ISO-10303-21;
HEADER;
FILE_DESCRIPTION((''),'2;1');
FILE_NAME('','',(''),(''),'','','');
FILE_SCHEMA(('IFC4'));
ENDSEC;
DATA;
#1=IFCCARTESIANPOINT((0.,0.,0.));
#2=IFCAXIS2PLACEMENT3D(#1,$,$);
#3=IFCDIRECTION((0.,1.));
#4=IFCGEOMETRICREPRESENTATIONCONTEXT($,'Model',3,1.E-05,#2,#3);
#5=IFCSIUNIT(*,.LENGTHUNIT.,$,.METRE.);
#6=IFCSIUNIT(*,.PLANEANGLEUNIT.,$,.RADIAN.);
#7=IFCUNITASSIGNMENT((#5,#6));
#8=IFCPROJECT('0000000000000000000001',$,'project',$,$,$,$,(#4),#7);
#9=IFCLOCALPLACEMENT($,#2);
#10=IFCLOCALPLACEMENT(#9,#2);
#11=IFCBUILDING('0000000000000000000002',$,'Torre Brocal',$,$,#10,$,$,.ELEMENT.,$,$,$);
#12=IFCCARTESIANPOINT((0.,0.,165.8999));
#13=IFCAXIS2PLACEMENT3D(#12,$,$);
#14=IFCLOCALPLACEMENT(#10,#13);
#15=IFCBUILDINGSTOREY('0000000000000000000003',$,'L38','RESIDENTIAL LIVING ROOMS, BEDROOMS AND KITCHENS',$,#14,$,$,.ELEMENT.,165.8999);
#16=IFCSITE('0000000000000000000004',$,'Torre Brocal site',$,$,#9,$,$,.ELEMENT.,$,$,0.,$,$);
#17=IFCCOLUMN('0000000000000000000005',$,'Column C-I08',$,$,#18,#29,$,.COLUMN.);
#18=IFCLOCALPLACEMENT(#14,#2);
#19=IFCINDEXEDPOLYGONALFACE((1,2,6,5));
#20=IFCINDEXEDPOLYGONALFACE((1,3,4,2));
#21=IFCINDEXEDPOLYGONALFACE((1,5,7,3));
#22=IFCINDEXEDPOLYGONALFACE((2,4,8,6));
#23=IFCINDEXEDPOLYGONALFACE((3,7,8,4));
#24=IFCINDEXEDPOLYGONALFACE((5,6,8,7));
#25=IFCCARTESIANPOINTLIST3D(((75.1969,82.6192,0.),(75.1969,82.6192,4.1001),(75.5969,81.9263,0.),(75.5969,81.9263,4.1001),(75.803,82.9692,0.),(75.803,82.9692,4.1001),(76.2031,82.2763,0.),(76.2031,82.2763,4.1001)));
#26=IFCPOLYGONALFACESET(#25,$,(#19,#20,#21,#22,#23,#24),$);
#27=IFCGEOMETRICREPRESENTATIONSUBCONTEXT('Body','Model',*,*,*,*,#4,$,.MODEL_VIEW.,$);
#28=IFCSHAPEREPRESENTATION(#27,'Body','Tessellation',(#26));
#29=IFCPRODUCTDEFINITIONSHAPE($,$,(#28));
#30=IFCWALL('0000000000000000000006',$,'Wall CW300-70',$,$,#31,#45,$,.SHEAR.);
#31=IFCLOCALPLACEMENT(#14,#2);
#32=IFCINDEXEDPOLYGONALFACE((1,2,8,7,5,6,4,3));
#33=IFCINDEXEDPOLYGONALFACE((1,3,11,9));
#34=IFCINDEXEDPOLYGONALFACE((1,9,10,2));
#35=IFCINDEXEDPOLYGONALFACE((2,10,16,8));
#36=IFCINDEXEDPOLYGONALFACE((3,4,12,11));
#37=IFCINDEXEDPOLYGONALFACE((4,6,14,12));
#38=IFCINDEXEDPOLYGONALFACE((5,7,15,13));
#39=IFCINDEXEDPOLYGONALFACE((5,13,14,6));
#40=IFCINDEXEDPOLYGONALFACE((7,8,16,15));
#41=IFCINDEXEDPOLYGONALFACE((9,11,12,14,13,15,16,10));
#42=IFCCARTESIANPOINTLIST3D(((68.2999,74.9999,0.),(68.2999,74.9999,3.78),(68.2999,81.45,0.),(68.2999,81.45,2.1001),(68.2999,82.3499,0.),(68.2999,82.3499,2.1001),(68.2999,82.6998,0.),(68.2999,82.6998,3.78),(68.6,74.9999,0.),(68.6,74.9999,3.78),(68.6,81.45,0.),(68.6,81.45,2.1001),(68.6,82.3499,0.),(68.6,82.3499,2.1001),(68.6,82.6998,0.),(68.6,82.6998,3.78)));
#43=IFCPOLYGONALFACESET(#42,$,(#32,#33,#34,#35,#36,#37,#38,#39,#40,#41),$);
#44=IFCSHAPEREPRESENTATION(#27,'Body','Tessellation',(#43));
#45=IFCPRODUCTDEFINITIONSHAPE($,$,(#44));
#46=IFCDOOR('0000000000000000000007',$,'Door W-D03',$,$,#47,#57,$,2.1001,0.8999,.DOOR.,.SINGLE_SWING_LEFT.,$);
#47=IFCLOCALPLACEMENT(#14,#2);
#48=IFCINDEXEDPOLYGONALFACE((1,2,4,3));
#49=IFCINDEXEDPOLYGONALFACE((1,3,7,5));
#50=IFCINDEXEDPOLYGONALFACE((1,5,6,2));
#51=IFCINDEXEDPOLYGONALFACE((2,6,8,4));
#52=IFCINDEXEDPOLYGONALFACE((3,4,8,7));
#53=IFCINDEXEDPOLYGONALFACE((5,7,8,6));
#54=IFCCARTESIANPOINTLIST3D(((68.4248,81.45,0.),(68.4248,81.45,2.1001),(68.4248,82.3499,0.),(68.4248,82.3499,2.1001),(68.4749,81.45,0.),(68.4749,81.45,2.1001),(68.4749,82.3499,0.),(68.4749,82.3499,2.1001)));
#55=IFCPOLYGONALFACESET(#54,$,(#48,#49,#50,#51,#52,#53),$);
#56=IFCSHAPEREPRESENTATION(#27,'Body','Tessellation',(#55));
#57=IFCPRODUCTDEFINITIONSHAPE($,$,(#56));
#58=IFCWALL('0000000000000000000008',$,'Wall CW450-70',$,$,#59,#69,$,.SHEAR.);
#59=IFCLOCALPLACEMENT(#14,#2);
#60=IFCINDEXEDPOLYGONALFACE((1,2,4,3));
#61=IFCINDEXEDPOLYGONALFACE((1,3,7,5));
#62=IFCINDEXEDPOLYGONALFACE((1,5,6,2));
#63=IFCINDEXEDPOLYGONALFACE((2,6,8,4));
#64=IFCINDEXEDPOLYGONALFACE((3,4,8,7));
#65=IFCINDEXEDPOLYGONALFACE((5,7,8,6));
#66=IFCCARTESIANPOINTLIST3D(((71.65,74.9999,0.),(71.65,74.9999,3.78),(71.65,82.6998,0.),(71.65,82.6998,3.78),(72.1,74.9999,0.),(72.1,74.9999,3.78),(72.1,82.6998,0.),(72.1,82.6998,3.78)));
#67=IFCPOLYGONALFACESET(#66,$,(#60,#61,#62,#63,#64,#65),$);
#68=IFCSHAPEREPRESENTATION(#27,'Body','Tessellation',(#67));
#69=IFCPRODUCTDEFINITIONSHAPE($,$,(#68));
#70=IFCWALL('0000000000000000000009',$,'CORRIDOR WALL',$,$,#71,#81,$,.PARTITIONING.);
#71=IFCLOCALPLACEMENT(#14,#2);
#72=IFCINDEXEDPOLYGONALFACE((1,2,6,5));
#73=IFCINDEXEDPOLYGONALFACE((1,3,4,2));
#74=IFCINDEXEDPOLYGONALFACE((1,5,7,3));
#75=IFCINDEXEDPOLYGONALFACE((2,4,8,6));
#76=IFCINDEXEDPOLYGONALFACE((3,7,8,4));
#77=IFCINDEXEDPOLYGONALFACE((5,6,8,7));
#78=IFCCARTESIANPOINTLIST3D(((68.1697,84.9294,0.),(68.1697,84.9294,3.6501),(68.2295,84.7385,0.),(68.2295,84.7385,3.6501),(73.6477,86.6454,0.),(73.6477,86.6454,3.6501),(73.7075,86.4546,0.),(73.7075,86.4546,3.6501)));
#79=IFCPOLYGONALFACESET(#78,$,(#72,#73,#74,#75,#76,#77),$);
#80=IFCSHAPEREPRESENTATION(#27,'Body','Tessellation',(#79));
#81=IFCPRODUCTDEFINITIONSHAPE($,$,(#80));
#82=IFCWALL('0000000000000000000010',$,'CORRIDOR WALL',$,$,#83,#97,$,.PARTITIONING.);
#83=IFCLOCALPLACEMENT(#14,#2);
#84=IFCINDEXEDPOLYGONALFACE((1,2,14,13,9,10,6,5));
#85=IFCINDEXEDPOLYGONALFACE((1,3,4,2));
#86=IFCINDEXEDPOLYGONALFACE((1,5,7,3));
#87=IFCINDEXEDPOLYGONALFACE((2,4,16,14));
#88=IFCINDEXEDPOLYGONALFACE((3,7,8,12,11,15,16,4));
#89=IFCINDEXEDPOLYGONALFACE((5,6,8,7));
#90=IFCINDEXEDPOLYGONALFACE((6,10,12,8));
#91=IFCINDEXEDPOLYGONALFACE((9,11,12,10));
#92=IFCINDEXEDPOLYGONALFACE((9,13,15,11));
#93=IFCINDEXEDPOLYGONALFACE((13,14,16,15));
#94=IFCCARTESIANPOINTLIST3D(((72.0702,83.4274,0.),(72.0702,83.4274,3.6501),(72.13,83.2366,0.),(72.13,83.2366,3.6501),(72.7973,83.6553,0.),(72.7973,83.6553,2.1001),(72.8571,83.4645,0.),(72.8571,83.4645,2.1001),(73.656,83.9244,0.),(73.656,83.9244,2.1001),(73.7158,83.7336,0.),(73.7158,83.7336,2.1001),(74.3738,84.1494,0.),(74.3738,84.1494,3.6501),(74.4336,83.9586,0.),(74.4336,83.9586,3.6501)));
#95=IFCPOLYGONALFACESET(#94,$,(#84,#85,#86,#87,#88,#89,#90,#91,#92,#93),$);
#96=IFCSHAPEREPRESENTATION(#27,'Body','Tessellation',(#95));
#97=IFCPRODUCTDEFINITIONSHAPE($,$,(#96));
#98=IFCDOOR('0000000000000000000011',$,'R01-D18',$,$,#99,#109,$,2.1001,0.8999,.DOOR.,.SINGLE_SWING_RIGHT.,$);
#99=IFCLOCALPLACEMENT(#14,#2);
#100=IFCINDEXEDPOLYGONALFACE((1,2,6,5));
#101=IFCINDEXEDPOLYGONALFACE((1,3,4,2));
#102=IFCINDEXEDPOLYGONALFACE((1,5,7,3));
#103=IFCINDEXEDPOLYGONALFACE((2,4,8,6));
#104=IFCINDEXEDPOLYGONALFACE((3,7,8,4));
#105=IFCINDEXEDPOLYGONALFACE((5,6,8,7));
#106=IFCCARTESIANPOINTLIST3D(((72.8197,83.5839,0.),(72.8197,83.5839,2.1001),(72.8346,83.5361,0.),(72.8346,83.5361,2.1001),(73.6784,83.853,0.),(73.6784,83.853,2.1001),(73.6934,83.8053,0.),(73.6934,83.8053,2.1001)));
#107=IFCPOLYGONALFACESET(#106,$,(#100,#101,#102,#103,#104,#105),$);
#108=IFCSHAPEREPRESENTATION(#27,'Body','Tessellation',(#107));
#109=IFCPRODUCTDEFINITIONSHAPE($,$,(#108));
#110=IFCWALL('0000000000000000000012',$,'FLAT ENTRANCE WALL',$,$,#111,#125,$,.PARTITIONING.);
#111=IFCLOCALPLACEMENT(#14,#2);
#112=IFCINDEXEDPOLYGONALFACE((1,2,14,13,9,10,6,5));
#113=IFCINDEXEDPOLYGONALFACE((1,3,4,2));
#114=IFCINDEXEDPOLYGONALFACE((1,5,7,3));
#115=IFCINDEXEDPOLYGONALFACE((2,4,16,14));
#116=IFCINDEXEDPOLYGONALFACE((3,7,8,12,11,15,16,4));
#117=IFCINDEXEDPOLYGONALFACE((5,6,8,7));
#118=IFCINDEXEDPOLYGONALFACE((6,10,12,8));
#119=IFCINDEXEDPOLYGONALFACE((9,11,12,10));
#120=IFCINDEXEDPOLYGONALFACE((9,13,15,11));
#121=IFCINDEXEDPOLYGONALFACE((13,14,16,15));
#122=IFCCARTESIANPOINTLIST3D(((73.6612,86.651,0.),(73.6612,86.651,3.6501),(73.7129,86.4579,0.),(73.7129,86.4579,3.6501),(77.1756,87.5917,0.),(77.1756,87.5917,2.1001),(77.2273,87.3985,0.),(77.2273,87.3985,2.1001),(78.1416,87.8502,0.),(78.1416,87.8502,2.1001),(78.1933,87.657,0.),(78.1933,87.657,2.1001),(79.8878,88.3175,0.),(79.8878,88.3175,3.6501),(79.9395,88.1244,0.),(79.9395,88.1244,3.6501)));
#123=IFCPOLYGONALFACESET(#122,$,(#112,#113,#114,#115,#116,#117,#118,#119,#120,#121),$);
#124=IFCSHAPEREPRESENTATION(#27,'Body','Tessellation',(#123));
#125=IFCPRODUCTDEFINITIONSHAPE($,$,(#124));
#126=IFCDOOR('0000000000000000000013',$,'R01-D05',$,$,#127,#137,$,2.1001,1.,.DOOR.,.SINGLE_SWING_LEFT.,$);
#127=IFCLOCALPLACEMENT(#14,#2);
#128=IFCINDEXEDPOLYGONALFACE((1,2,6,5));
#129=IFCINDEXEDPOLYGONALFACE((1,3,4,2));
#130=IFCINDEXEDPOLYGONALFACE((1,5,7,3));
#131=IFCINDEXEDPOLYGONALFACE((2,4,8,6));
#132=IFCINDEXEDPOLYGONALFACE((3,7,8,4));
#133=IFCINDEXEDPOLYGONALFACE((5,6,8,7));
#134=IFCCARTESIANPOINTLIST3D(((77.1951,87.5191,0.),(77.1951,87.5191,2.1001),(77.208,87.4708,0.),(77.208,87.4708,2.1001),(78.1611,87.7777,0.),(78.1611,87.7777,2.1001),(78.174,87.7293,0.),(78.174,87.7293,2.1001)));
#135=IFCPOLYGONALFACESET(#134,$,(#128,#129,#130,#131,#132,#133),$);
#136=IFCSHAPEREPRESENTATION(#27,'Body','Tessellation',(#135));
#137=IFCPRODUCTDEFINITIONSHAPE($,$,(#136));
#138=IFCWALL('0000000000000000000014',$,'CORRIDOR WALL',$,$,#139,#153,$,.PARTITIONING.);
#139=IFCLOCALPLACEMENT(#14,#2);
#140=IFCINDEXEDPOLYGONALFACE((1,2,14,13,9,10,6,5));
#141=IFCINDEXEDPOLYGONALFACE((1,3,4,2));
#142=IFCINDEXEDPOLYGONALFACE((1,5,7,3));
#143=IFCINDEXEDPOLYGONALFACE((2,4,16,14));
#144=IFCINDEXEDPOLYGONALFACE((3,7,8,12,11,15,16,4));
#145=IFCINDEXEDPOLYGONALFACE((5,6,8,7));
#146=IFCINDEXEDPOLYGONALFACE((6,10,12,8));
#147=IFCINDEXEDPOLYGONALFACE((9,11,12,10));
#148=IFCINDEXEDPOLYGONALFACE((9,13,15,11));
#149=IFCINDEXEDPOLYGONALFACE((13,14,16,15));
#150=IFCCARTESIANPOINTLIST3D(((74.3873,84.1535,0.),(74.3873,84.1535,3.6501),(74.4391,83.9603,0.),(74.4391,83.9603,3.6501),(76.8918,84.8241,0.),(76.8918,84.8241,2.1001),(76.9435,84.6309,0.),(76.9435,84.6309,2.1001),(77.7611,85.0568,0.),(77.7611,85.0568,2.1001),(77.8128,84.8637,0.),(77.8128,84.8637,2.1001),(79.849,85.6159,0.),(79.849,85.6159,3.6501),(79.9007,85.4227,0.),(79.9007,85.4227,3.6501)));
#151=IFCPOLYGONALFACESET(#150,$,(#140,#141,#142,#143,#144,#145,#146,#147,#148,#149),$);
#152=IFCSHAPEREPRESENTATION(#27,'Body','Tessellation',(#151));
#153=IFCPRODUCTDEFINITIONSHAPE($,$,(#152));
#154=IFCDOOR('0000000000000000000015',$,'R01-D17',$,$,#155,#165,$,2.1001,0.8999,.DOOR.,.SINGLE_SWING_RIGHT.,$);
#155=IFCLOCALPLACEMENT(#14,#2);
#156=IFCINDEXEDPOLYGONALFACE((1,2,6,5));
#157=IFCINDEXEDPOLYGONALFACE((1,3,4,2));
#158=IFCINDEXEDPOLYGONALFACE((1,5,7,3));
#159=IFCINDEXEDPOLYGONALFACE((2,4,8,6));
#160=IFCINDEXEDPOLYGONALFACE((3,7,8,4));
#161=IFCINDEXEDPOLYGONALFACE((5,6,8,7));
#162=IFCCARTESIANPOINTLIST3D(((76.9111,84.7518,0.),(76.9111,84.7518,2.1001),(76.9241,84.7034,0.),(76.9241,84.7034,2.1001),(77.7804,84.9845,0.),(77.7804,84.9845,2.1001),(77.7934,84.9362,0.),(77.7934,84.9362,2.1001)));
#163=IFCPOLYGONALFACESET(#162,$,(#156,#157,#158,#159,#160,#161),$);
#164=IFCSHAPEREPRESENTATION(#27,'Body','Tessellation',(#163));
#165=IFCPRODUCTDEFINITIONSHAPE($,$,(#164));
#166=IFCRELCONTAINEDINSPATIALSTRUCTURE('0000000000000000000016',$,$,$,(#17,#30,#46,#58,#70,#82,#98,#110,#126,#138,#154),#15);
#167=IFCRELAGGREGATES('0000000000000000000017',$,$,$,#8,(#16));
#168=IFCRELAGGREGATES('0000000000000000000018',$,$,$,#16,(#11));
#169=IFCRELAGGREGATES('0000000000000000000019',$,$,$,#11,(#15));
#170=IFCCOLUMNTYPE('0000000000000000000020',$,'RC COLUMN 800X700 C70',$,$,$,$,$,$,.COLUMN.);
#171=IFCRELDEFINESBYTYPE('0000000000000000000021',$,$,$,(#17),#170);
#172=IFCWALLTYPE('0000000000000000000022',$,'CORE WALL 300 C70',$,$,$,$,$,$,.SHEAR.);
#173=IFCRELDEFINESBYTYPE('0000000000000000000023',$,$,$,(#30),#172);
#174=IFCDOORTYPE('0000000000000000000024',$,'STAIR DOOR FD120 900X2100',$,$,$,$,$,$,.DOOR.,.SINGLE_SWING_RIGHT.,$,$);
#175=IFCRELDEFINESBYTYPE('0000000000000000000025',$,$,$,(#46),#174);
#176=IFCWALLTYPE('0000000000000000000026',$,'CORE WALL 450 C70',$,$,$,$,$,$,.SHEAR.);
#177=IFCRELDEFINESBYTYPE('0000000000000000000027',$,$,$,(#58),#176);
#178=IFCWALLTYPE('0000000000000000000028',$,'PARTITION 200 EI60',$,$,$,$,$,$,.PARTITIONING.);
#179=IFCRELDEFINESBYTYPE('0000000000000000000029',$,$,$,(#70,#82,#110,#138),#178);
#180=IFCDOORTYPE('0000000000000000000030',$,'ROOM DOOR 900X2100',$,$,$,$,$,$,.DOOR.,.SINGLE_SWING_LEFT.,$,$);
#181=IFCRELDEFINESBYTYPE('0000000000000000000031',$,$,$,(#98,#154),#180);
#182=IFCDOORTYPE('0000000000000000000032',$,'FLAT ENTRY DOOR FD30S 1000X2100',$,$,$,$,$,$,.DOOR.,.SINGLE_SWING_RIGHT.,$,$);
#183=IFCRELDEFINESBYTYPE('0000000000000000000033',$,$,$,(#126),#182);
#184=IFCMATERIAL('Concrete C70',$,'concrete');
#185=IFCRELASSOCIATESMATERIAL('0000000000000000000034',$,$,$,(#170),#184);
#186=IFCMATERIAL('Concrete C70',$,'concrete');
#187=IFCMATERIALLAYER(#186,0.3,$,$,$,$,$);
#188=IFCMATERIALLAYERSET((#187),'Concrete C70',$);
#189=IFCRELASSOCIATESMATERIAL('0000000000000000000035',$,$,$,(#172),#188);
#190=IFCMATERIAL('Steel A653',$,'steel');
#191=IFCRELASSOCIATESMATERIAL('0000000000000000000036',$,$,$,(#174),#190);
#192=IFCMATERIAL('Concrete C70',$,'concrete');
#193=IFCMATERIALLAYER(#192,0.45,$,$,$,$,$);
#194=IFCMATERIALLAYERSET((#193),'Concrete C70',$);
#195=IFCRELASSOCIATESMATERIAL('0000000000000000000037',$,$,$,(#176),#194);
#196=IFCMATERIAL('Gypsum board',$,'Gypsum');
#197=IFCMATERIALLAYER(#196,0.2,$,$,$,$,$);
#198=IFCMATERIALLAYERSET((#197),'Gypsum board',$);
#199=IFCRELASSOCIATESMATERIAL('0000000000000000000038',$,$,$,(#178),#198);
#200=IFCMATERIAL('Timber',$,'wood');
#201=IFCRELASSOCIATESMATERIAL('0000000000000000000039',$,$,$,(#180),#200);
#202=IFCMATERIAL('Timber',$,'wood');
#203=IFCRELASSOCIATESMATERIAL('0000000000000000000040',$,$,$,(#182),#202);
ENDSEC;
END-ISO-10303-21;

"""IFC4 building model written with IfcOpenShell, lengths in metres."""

from ifc_helpers import new_model, si_unit, direction, frame, frame_2d, origin, origin_2d, place, context, subcontext, project, spatial, rectangle, extrude, material, layer, layer_set, material_profile, profile_set, type_object, element, fill, save


model = new_model("IFC4")

# Units and contexts
model_context = context("Model", 3, precision=1e-05, world=origin(), true_north=direction((0.0, 1.0)))
body_context = subcontext(model_context, "Body", "Model", "MODEL_VIEW")
ifc_project = project(units=[si_unit("LENGTHUNIT", "METRE"), si_unit("PLANEANGLEUNIT", "RADIAN")], contexts=[model_context])

# Site, building, storey
site_placement = place(None, origin())
site = spatial("IfcSite", under=ifc_project, at=site_placement, Name="Torre Brocal site", CompositionType="ELEMENT", RefElevation=0.0)
building_placement = place(site_placement, origin())
building = spatial("IfcBuilding", under=site, at=building_placement, Name="Torre Brocal", CompositionType="ELEMENT")
storey_placement = place(building_placement, frame((0.0, 0.0, 165.8999)))
storey = spatial("IfcBuildingStorey", under=building, at=storey_placement, Name="L38", Description="RESIDENTIAL LIVING ROOMS, BEDROOMS AND KITCHENS", CompositionType="ELEMENT", Elevation=165.8999)

# Column
ifc_material_1 = material(Name="Concrete C70", Category="concrete")
ifc_material_profile = material_profile(ifc_material_1, rectangle(XDim=0.8, YDim=0.7, at=origin_2d()), Name="RC 800X700")
ifc_profile_set = profile_set([ifc_material_profile], Name="Concrete C70")
column_type = type_object("IfcColumnType", Name="RC COLUMN 800X700 C70", PredefinedType="COLUMN", material=ifc_profile_set)
column_placement = place(storey_placement, frame((75.7, 82.4478, 0.0), z_axis=(0.0, 0.0, 1.0), x_axis=(-0.5, 0.866025, 0.0)))
element("IfcColumn", 1, at=column_placement, inside=storey, type_object=column_type, Name="Column C-I08", PredefinedType="COLUMN", context=body_context, shape_type="SweptSolid", body=[
    extrude(rectangle(XDim=0.8, YDim=0.7, at=origin_2d()), origin(), (0.0, 0.0, 1.0), 4.1001),
])

# Wall, opening, door
ifc_material_2 = material(Name="Concrete C70", Category="concrete")
ifc_layer_1 = layer(ifc_material_2, 0.3)
ifc_layer_set_1 = layer_set([ifc_layer_1], Name="Concrete C70")
wall_type_1 = type_object("IfcWallType", Name="CORE WALL 300 C70", PredefinedType="SHEAR", material=ifc_layer_set_1)
wall_1_placement = place(storey_placement, frame((68.45, 82.7, 0.0), z_axis=(0.0, 0.0, 1.0), x_axis=(0.0, -1.0, 0.0)))
wall_1 = element("IfcWall", 2, at=wall_1_placement, inside=storey, type_object=wall_type_1, Name="Wall CW300-70", PredefinedType="SHEAR", context=body_context, shape_type="SweptSolid", body=[
    extrude(rectangle(XDim=7.7, YDim=0.3, at=frame_2d((3.8501, 0.0))), origin(), (0.0, 0.0, 1.0), 3.78),
])
opening_1_placement = place(wall_1_placement, frame((0.3501, 0.0, 0.0)))
opening_1 = element("IfcOpeningElement", 3, at=opening_1_placement, cuts=wall_1, PredefinedType="OPENING", context=body_context, shape_type="SweptSolid", body=[
    extrude(rectangle(XDim=0.8999, YDim=2.1001, at=frame_2d((0.45, 1.05))), frame((0.0, 0.1599, 0.0), z_axis=(0.0, -1.0, 0.0), x_axis=(1.0, 0.0, 0.0)), (0.0, 0.0, 1.0), 0.3201),
])
ifc_material_3 = material(Name="Steel A653", Category="steel")
door_type_1 = type_object("IfcDoorType", Name="STAIR DOOR FD120 900X2100", OperationType="SINGLE_SWING_RIGHT", PredefinedType="DOOR", material=ifc_material_3)
door_1_placement = place(opening_1_placement, origin())
door_1 = element("IfcDoor", 4, at=door_1_placement, inside=storey, type_object=door_type_1, Name="Door W-D03", OperationType="SINGLE_SWING_LEFT", OverallHeight=2.1001, OverallWidth=0.8999, PredefinedType="DOOR", context=body_context, shape_type="SweptSolid", body=[
    extrude(rectangle(XDim=0.8999, YDim=2.1001, at=frame_2d((0.45, 1.05))), frame((0.0, 0.0249, 0.0), z_axis=(0.0, -1.0, 0.0), x_axis=(1.0, 0.0, 0.0)), (0.0, 0.0, 1.0), 0.05),
])
fill(opening_1, door_1)

# Wall
ifc_material_4 = material(Name="Concrete C70", Category="concrete")
ifc_layer_2 = layer(ifc_material_4, 0.45)
ifc_layer_set_2 = layer_set([ifc_layer_2], Name="Concrete C70")
wall_type_2 = type_object("IfcWallType", Name="CORE WALL 450 C70", PredefinedType="SHEAR", material=ifc_layer_set_2)
wall_2_placement = place(storey_placement, frame((71.875, 82.7, 0.0), z_axis=(0.0, 0.0, 1.0), x_axis=(0.0, -1.0, 0.0)))
element("IfcWall", 5, at=wall_2_placement, inside=storey, type_object=wall_type_2, Name="Wall CW450-70", PredefinedType="SHEAR", context=body_context, shape_type="SweptSolid", body=[
    extrude(rectangle(XDim=7.7, YDim=0.45, at=frame_2d((3.8501, 0.0))), origin(), (0.0, 0.0, 1.0), 3.78),
])

# Wall
ifc_material_5 = material(Name="Gypsum board", Category="Gypsum")
ifc_layer_3 = layer(ifc_material_5, 0.2)
ifc_layer_set_3 = layer_set([ifc_layer_3], Name="Gypsum board")
wall_type_3 = type_object("IfcWallType", Name="PARTITION 200 EI60", PredefinedType="PARTITIONING", material=ifc_layer_set_3)
wall_3_placement = place(storey_placement, frame((68.1997, 84.834, 0.0), z_axis=(0.0, 0.0, 1.0), x_axis=(0.954272, 0.298938, 0.0)))
element("IfcWall", 6, at=wall_3_placement, inside=storey, type_object=wall_type_3, Name="CORRIDOR WALL", PredefinedType="PARTITIONING", context=body_context, shape_type="SweptSolid", body=[
    extrude(rectangle(XDim=5.7405, YDim=0.2, at=frame_2d((2.8701, 0.0))), origin(), (0.0, 0.0, 1.0), 3.6501),
])

# Walls, openings, doors
wall_4_placement = place(storey_placement, frame((72.1001, 83.332, 0.0), z_axis=(0.0, 0.0, 1.0), x_axis=(0.954233, 0.299064, 0.0)))
wall_4 = element("IfcWall", 7, at=wall_4_placement, inside=storey, type_object=wall_type_3, Name="CORRIDOR WALL", PredefinedType="PARTITIONING", context=body_context, shape_type="SweptSolid", body=[
    extrude(rectangle(XDim=2.4141, YDim=0.2, at=frame_2d((1.207, 0.0))), origin(), (0.0, 0.0, 1.0), 3.6501),
])
opening_2_placement = place(wall_4_placement, frame((0.762, 0.0, 0.0)))
opening_2 = element("IfcOpeningElement", 8, at=opening_2_placement, cuts=wall_4, PredefinedType="OPENING", context=body_context, shape_type="SweptSolid", body=[
    extrude(rectangle(XDim=0.8999, YDim=2.1001, at=frame_2d((0.45, 1.05))), frame((0.0, 0.1099, 0.0), z_axis=(0.0, -1.0, 0.0), x_axis=(1.0, 0.0, 0.0)), (0.0, 0.0, 1.0), 0.22),
])
ifc_material_6 = material(Name="Timber", Category="wood")
door_type_2 = type_object("IfcDoorType", Name="ROOM DOOR 900X2100", OperationType="SINGLE_SWING_LEFT", PredefinedType="DOOR", material=ifc_material_6)
door_2_placement = place(opening_2_placement, frame((0.8999, 0.0, 0.0), z_axis=(0.0, 0.0, 1.0), x_axis=(-1.0, 0.0, 0.0)))
door_2 = element("IfcDoor", 9, at=door_2_placement, inside=storey, type_object=door_type_2, Name="R01-D18", OperationType="SINGLE_SWING_RIGHT", OverallHeight=2.1001, OverallWidth=0.8999, PredefinedType="DOOR", context=body_context, shape_type="SweptSolid", body=[
    extrude(rectangle(XDim=0.8999, YDim=2.1001, at=frame_2d((0.45, 1.05))), frame((0.0, 0.0249, 0.0), z_axis=(0.0, -1.0, 0.0), x_axis=(1.0, 0.0, 0.0)), (0.0, 0.0, 1.0), 0.05),
])
fill(opening_2, door_2)
wall_5_placement = place(storey_placement, frame((73.687, 86.5544, 0.0), z_axis=(0.0, 0.0, 1.0), x_axis=(0.965999, 0.258544, 0.0)))
wall_5 = element("IfcWall", 10, at=wall_5_placement, inside=storey, type_object=wall_type_3, Name="FLAT ENTRANCE WALL", PredefinedType="PARTITIONING", context=body_context, shape_type="SweptSolid", body=[
    extrude(rectangle(XDim=6.4458, YDim=0.2, at=frame_2d((3.2229, 0.0))), origin(), (0.0, 0.0, 1.0), 3.6501),
])
opening_3_placement = place(wall_5_placement, frame((3.6382, 0.0, 0.0)))
opening_3 = element("IfcOpeningElement", 11, at=opening_3_placement, cuts=wall_5, PredefinedType="OPENING", context=body_context, shape_type="SweptSolid", body=[
    extrude(rectangle(XDim=1.0, YDim=2.1001, at=frame_2d((0.5, 1.05))), frame((0.0, 0.1099, 0.0), z_axis=(0.0, -1.0, 0.0), x_axis=(1.0, 0.0, 0.0)), (0.0, 0.0, 1.0), 0.22),
])
ifc_material_7 = material(Name="Timber", Category="wood")
door_type_3 = type_object("IfcDoorType", Name="FLAT ENTRY DOOR FD30S 1000X2100", OperationType="SINGLE_SWING_RIGHT", PredefinedType="DOOR", material=ifc_material_7)
door_3_placement = place(opening_3_placement, origin())
door_3 = element("IfcDoor", 12, at=door_3_placement, inside=storey, type_object=door_type_3, Name="R01-D05", OperationType="SINGLE_SWING_LEFT", OverallHeight=2.1001, OverallWidth=1.0, PredefinedType="DOOR", context=body_context, shape_type="SweptSolid", body=[
    extrude(rectangle(XDim=1.0, YDim=2.1001, at=frame_2d((0.5, 1.05))), frame((0.0, 0.0249, 0.0), z_axis=(0.0, -1.0, 0.0), x_axis=(1.0, 0.0, 0.0)), (0.0, 0.0, 1.0), 0.05),
])
fill(opening_3, door_3)
wall_6_placement = place(storey_placement, frame((74.4131, 84.0569, 0.0), z_axis=(0.0, 0.0, 1.0), x_axis=(0.965972, 0.258646, 0.0)))
wall_6 = element("IfcWall", 13, at=wall_6_placement, inside=storey, type_object=wall_type_3, Name="CORRIDOR WALL", PredefinedType="PARTITIONING", context=body_context, shape_type="SweptSolid", body=[
    extrude(rectangle(XDim=5.6541, YDim=0.2, at=frame_2d((2.8271, 0.0))), origin(), (0.0, 0.0, 1.0), 3.6501),
])
opening_4_placement = place(wall_6_placement, frame((2.5928, 0.0, 0.0)))
opening_4 = element("IfcOpeningElement", 14, at=opening_4_placement, cuts=wall_6, PredefinedType="OPENING", context=body_context, shape_type="SweptSolid", body=[
    extrude(rectangle(XDim=0.8999, YDim=2.1001, at=frame_2d((0.45, 1.05))), frame((0.0, 0.1099, 0.0), z_axis=(0.0, -1.0, 0.0), x_axis=(1.0, 0.0, 0.0)), (0.0, 0.0, 1.0), 0.22),
])
door_4_placement = place(opening_4_placement, frame((0.8999, 0.0, 0.0), z_axis=(0.0, 0.0, 1.0), x_axis=(-1.0, 0.0, 0.0)))
door_4 = element("IfcDoor", 15, at=door_4_placement, inside=storey, type_object=door_type_2, Name="R01-D17", OperationType="SINGLE_SWING_RIGHT", OverallHeight=2.1001, OverallWidth=0.8999, PredefinedType="DOOR", context=body_context, shape_type="SweptSolid", body=[
    extrude(rectangle(XDim=0.8999, YDim=2.1001, at=frame_2d((0.45, 1.05))), frame((0.0, 0.0249, 0.0), z_axis=(0.0, -1.0, 0.0), x_axis=(1.0, 0.0, 0.0)), (0.0, 0.0, 1.0), 0.05),
])
fill(opening_4, door_4)

save(model, "model.ifc")
